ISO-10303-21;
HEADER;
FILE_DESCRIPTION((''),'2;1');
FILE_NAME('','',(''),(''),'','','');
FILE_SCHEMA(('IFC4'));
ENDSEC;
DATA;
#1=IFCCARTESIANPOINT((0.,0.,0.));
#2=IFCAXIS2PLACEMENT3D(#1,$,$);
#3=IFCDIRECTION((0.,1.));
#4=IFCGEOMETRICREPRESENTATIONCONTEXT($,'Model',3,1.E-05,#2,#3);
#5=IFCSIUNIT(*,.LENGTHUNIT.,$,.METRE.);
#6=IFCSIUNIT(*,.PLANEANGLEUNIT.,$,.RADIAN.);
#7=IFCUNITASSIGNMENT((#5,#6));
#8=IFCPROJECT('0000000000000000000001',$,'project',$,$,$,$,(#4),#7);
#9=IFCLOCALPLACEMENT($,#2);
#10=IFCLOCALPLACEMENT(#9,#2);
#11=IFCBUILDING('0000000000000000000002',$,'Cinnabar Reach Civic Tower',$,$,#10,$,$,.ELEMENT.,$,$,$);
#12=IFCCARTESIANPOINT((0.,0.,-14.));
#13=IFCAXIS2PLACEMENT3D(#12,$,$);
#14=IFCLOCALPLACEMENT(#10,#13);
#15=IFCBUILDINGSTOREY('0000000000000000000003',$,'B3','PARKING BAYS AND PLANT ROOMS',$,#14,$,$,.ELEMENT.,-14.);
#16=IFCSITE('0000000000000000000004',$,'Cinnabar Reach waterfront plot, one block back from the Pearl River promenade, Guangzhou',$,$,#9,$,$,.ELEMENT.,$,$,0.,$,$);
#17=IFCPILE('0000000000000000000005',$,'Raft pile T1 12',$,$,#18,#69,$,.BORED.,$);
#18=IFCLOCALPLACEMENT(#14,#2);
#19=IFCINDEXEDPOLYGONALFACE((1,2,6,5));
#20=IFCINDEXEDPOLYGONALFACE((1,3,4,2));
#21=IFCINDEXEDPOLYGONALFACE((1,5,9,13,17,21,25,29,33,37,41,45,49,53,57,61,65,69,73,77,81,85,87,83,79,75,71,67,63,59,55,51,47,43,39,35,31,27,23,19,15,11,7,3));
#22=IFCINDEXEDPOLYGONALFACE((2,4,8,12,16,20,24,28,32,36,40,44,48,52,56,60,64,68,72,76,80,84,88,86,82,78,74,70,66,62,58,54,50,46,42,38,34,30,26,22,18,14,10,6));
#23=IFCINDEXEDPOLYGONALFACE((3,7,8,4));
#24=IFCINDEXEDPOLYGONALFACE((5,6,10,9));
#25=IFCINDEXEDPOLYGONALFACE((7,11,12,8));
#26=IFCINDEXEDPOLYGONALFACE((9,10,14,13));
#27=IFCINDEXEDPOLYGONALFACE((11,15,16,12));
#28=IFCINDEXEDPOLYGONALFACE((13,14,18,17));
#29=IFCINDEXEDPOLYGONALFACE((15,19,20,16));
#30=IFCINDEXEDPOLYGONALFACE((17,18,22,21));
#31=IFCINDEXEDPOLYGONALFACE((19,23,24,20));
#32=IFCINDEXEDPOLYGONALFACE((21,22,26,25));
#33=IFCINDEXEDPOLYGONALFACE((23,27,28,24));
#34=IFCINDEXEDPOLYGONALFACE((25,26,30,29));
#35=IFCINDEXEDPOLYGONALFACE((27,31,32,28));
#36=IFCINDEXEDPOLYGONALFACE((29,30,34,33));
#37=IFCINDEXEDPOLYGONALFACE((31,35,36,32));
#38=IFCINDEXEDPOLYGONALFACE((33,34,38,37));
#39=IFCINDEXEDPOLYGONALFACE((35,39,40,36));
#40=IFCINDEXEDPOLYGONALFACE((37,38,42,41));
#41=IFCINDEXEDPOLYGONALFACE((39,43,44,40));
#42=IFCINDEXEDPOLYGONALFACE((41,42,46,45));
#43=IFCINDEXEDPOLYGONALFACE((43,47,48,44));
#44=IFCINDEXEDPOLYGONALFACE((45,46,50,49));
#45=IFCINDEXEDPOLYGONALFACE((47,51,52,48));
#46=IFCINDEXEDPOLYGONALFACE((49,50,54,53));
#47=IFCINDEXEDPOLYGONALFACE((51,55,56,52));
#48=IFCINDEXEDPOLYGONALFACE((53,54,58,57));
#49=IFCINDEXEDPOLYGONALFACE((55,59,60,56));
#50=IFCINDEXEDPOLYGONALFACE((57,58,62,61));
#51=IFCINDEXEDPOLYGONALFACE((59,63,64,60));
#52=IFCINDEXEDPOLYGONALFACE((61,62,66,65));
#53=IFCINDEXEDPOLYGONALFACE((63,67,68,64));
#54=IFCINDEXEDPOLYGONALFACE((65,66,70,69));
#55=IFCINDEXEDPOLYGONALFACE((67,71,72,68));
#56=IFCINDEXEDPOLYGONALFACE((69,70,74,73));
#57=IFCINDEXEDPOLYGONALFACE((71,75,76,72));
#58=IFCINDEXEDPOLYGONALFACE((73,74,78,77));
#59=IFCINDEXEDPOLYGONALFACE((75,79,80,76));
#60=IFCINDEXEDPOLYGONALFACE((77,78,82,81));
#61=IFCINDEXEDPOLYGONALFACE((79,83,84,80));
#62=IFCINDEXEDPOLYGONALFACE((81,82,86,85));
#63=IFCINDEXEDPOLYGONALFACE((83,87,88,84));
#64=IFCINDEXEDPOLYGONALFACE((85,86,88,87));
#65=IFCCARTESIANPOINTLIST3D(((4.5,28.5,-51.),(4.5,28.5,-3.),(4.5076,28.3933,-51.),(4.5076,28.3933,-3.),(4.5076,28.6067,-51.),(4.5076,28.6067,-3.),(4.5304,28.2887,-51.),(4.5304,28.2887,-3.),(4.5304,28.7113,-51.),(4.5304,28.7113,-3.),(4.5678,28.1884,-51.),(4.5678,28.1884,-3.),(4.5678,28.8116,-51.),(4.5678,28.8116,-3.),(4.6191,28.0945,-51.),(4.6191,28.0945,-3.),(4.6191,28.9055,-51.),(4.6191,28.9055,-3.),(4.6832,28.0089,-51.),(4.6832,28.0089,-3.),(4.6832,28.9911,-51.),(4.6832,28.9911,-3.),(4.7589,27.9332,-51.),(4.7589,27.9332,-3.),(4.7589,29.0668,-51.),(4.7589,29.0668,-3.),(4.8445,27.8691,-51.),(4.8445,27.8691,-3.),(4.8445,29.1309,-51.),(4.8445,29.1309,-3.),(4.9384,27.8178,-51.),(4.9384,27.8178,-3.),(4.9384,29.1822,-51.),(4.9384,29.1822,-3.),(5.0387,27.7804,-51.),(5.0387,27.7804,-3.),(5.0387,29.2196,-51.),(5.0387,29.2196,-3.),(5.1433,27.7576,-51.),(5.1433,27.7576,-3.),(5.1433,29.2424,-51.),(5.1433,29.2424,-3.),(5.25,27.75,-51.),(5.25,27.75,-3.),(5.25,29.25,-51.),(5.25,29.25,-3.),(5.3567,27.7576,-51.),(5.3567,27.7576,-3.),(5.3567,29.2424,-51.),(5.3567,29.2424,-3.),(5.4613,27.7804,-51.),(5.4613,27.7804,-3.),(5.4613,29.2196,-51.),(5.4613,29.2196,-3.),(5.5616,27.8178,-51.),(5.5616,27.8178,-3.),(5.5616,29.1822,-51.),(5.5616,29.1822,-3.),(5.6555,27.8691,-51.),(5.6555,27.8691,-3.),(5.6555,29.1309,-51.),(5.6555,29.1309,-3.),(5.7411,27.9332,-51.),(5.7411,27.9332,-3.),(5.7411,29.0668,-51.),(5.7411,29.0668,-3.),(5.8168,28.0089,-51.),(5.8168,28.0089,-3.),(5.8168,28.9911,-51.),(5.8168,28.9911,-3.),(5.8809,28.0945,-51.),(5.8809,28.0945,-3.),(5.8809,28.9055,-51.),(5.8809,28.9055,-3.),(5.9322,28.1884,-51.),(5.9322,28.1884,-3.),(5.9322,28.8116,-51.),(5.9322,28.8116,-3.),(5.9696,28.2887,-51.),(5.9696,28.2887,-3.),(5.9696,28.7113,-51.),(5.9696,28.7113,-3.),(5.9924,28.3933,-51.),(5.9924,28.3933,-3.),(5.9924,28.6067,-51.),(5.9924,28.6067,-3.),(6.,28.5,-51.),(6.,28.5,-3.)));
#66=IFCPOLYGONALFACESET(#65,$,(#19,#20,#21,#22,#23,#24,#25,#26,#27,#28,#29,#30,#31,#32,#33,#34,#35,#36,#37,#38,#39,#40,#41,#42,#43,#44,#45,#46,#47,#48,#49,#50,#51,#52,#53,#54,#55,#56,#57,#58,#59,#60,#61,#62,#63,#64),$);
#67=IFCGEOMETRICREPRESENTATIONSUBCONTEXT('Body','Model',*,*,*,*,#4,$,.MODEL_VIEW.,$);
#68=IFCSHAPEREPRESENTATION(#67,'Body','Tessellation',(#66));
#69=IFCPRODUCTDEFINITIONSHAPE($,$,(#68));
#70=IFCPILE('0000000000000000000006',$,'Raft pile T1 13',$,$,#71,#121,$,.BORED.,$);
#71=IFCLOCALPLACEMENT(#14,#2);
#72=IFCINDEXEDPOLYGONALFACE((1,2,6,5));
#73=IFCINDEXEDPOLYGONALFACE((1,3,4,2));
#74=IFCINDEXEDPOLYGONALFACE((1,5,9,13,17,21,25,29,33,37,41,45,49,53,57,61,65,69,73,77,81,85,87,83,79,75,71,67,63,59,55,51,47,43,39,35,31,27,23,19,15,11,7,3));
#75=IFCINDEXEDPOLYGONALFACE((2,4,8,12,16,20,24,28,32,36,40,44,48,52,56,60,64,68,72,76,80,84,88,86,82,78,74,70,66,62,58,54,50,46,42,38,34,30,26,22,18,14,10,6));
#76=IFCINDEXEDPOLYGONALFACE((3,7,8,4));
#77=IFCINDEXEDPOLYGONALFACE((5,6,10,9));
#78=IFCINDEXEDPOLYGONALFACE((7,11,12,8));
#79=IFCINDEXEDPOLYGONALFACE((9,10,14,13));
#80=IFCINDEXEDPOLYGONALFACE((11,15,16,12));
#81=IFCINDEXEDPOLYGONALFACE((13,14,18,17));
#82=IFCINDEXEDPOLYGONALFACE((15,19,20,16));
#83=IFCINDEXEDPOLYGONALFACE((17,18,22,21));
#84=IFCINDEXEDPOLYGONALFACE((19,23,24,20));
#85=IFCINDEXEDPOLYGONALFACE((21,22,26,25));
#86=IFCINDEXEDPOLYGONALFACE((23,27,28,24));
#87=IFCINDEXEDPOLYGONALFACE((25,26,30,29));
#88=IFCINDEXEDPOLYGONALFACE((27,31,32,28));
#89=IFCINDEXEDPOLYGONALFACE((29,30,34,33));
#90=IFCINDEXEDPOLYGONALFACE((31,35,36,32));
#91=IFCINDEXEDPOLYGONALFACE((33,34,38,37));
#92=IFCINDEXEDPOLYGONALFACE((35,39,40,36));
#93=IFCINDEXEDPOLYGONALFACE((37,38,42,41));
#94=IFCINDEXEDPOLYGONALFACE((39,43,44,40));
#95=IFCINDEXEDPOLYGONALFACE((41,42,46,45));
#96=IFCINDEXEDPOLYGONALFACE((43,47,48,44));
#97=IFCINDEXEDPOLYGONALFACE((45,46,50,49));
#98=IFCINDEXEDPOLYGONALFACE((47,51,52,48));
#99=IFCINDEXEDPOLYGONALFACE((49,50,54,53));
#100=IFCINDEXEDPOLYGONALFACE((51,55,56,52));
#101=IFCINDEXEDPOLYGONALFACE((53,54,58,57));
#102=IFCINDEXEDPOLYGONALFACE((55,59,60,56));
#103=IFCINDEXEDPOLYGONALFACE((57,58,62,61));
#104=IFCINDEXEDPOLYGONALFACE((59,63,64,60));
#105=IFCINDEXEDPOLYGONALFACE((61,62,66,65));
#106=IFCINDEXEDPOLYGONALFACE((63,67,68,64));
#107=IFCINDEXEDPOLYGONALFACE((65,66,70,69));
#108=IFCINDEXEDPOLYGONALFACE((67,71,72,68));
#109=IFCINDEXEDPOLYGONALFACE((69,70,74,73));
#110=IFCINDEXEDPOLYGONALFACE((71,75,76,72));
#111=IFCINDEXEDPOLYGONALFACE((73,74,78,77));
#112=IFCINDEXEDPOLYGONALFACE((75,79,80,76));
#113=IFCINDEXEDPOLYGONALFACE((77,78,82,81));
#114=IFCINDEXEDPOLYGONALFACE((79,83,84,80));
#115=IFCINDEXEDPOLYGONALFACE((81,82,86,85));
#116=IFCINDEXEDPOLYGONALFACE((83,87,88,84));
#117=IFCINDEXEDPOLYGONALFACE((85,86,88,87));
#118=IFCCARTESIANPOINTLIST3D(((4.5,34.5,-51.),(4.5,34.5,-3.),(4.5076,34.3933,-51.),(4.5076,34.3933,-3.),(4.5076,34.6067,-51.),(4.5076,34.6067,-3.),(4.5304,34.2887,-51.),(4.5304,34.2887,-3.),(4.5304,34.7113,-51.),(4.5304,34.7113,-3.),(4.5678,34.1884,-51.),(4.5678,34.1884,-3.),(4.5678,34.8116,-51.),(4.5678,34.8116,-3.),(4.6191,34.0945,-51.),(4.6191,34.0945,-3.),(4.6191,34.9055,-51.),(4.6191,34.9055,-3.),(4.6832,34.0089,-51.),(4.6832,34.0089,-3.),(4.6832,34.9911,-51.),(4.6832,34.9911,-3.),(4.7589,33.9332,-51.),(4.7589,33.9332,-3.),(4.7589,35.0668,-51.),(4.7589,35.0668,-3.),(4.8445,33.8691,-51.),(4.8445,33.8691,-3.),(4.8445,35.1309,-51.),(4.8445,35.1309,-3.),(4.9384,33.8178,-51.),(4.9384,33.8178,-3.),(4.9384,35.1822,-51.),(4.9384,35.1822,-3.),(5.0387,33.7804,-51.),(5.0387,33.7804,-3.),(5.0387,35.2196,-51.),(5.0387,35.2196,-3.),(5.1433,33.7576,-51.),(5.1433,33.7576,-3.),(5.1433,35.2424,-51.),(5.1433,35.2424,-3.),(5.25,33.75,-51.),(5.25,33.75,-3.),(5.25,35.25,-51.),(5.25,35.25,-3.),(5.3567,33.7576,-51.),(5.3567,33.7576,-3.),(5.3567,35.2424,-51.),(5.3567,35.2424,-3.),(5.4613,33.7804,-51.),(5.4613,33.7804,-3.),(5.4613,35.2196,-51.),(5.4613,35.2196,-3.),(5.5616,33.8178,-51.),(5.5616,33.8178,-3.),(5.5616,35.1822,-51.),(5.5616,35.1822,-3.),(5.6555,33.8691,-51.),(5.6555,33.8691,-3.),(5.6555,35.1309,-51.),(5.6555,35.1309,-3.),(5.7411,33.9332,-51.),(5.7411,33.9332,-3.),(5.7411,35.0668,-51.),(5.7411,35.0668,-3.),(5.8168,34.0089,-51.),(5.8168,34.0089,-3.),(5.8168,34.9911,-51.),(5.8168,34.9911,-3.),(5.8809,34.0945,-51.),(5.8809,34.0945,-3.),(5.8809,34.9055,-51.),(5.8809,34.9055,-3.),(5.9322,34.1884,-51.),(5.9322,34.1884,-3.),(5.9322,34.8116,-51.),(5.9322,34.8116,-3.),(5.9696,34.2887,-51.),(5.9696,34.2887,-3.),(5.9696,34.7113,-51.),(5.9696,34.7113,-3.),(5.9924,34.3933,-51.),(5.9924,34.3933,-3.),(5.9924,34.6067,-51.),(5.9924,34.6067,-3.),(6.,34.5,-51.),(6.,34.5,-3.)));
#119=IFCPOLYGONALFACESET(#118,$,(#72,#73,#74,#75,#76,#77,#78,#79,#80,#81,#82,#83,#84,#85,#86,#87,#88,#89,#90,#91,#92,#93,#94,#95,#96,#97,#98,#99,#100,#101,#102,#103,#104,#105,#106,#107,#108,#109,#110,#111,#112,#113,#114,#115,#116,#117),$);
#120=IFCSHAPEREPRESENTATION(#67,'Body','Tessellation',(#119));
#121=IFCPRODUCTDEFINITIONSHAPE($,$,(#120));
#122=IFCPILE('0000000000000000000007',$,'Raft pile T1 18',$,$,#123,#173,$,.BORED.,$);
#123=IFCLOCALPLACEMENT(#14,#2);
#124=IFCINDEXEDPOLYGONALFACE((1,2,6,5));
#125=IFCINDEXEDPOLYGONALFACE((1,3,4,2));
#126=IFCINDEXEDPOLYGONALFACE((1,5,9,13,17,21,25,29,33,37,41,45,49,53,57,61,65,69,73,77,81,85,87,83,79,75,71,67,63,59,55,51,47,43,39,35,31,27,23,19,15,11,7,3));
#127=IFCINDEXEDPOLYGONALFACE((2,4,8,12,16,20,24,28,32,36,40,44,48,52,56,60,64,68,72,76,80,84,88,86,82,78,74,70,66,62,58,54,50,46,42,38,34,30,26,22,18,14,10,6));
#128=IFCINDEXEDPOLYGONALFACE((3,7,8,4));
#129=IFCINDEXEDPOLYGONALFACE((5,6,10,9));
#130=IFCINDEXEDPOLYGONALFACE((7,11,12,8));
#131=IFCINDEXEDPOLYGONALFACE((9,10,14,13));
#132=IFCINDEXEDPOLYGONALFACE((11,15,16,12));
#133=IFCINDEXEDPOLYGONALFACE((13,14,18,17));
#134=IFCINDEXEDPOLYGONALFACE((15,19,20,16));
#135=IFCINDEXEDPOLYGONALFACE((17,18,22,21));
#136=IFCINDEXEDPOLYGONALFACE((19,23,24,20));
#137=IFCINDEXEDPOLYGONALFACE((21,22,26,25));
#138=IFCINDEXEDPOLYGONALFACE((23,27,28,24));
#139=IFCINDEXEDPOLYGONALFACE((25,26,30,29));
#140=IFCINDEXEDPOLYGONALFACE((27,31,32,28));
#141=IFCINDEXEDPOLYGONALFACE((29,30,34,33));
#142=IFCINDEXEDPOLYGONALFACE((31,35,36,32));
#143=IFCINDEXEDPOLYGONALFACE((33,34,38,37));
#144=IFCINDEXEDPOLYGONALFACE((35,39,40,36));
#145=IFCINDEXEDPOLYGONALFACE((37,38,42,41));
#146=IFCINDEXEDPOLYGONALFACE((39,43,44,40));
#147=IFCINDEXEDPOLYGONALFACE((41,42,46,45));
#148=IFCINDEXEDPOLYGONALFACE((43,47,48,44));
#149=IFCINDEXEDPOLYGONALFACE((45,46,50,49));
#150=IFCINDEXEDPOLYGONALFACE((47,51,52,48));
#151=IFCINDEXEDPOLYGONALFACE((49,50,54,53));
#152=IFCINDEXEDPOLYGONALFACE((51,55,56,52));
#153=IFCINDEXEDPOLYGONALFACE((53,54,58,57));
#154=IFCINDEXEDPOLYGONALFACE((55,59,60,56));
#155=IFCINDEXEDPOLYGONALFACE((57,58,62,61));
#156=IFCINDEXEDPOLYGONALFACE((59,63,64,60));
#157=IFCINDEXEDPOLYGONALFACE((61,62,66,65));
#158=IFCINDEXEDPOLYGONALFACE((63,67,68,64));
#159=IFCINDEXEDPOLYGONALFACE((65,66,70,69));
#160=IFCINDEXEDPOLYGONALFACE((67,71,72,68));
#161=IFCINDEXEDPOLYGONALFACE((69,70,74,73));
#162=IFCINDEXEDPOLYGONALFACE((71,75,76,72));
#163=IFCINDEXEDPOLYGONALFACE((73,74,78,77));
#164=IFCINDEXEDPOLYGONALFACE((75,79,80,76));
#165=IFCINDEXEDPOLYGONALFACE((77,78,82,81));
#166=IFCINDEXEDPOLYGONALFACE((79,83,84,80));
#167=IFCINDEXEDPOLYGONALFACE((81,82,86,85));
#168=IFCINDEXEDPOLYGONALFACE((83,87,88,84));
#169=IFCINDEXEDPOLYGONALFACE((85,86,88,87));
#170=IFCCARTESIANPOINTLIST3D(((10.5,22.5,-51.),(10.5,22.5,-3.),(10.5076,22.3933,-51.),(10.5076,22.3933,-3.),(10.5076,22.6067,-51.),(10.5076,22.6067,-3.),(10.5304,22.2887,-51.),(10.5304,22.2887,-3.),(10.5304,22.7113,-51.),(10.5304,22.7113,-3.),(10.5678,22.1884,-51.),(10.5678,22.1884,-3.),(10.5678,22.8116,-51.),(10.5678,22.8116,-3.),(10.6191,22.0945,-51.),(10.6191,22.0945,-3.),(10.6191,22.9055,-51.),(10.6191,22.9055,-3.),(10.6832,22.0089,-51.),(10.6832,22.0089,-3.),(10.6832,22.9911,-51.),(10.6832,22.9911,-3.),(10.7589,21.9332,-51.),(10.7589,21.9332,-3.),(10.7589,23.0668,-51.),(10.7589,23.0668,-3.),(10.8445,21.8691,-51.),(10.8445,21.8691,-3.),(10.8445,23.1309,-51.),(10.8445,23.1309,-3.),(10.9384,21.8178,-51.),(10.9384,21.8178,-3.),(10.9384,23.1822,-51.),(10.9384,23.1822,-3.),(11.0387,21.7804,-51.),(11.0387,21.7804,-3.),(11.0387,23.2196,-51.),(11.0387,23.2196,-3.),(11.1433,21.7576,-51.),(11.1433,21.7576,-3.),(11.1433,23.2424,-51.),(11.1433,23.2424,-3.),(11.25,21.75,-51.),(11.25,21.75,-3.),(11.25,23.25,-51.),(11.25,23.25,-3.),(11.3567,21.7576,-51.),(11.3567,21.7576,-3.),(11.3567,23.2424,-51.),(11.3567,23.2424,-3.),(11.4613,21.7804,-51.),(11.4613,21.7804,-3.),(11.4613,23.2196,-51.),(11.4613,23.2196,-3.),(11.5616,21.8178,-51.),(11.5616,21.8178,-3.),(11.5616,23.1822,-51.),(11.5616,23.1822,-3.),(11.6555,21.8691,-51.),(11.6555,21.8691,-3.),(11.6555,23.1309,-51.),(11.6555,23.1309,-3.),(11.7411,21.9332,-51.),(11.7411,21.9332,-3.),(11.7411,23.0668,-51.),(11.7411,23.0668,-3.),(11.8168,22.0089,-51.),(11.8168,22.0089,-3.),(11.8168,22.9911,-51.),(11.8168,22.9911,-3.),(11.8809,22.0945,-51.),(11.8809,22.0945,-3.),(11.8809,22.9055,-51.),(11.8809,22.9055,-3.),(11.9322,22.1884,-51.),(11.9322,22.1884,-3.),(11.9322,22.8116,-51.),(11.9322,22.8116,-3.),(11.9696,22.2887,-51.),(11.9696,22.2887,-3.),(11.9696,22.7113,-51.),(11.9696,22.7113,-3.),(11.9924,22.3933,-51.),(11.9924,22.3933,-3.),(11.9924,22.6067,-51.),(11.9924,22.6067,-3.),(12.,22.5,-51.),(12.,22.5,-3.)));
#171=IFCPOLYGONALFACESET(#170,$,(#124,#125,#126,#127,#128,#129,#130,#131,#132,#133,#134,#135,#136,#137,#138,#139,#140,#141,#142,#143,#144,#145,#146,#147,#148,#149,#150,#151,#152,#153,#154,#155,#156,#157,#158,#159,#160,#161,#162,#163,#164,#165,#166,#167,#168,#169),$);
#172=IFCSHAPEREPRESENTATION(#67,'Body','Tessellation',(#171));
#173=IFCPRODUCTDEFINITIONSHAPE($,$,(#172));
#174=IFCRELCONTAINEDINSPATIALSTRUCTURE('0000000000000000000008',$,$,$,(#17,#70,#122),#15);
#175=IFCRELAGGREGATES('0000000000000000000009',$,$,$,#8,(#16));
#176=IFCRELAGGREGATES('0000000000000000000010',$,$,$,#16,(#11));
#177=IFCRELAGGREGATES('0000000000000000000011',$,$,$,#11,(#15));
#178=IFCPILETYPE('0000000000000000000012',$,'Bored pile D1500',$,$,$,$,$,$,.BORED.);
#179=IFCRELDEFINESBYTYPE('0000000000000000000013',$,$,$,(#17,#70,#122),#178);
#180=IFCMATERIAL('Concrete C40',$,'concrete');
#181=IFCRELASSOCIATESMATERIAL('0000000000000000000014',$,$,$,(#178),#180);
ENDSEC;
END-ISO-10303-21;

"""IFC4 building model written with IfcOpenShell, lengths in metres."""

from ifc_helpers import new_model, si_unit, direction, frame, origin, origin_2d, place, context, subcontext, project, spatial, circle, extrude, material, type_object, element, save


model = new_model("IFC4")

# Units and contexts
model_context = context("Model", 3, precision=1e-05, world=origin(), true_north=direction((0.0, 1.0)))
body_context = subcontext(model_context, "Body", "Model", "MODEL_VIEW")
ifc_project = project(units=[si_unit("LENGTHUNIT", "METRE"), si_unit("PLANEANGLEUNIT", "RADIAN")], contexts=[model_context])

# Site, building, storey
site_placement = place(None, origin())
site = spatial("IfcSite", under=ifc_project, at=site_placement, Name="Cinnabar Reach waterfront plot, one block back from the Pearl River promenade, Guangzhou", CompositionType="ELEMENT", RefElevation=0.0)
building_placement = place(site_placement, origin())
building = spatial("IfcBuilding", under=site, at=building_placement, Name="Cinnabar Reach Civic Tower", CompositionType="ELEMENT")
storey_placement = place(building_placement, frame((0.0, 0.0, -14.0)))
storey = spatial("IfcBuildingStorey", under=building, at=storey_placement, Name="B3", Description="PARKING BAYS AND PLANT ROOMS", CompositionType="ELEMENT", Elevation=-14.0)

# Piles
ifc_material_1 = material(Name="Concrete C40", Category="concrete")
pile_type = type_object("IfcPileType", Name="Bored pile D1500", PredefinedType="BORED", material=ifc_material_1)
for number, where, z_axis, x_axis, name in (
    (1, (5.25, 28.5, -3.0), (0.0, 0.0, -1.0), (1.0, 0.0, 0.0), "Raft pile T1 12"),
    (2, (5.25, 34.5, -3.0), (0.0, 0.0, -1.0), (1.0, 0.0, 0.0), "Raft pile T1 13"),
    (3, (11.25, 22.5, -3.0), (0.0, 0.0, -1.0), (1.0, 0.0, 0.0), "Raft pile T1 18"),
):
    element("IfcPile", number, at=place(storey_placement, frame(where, z_axis=z_axis, x_axis=x_axis)), inside=storey, type_object=pile_type, Name=name, PredefinedType="BORED", context=body_context, shape_type="SweptSolid", body=[
        extrude(circle(Radius=0.75, at=origin_2d()), origin(), (0.0, 0.0, 1.0), 48.0),
    ])

save(model, "model.ifc")
